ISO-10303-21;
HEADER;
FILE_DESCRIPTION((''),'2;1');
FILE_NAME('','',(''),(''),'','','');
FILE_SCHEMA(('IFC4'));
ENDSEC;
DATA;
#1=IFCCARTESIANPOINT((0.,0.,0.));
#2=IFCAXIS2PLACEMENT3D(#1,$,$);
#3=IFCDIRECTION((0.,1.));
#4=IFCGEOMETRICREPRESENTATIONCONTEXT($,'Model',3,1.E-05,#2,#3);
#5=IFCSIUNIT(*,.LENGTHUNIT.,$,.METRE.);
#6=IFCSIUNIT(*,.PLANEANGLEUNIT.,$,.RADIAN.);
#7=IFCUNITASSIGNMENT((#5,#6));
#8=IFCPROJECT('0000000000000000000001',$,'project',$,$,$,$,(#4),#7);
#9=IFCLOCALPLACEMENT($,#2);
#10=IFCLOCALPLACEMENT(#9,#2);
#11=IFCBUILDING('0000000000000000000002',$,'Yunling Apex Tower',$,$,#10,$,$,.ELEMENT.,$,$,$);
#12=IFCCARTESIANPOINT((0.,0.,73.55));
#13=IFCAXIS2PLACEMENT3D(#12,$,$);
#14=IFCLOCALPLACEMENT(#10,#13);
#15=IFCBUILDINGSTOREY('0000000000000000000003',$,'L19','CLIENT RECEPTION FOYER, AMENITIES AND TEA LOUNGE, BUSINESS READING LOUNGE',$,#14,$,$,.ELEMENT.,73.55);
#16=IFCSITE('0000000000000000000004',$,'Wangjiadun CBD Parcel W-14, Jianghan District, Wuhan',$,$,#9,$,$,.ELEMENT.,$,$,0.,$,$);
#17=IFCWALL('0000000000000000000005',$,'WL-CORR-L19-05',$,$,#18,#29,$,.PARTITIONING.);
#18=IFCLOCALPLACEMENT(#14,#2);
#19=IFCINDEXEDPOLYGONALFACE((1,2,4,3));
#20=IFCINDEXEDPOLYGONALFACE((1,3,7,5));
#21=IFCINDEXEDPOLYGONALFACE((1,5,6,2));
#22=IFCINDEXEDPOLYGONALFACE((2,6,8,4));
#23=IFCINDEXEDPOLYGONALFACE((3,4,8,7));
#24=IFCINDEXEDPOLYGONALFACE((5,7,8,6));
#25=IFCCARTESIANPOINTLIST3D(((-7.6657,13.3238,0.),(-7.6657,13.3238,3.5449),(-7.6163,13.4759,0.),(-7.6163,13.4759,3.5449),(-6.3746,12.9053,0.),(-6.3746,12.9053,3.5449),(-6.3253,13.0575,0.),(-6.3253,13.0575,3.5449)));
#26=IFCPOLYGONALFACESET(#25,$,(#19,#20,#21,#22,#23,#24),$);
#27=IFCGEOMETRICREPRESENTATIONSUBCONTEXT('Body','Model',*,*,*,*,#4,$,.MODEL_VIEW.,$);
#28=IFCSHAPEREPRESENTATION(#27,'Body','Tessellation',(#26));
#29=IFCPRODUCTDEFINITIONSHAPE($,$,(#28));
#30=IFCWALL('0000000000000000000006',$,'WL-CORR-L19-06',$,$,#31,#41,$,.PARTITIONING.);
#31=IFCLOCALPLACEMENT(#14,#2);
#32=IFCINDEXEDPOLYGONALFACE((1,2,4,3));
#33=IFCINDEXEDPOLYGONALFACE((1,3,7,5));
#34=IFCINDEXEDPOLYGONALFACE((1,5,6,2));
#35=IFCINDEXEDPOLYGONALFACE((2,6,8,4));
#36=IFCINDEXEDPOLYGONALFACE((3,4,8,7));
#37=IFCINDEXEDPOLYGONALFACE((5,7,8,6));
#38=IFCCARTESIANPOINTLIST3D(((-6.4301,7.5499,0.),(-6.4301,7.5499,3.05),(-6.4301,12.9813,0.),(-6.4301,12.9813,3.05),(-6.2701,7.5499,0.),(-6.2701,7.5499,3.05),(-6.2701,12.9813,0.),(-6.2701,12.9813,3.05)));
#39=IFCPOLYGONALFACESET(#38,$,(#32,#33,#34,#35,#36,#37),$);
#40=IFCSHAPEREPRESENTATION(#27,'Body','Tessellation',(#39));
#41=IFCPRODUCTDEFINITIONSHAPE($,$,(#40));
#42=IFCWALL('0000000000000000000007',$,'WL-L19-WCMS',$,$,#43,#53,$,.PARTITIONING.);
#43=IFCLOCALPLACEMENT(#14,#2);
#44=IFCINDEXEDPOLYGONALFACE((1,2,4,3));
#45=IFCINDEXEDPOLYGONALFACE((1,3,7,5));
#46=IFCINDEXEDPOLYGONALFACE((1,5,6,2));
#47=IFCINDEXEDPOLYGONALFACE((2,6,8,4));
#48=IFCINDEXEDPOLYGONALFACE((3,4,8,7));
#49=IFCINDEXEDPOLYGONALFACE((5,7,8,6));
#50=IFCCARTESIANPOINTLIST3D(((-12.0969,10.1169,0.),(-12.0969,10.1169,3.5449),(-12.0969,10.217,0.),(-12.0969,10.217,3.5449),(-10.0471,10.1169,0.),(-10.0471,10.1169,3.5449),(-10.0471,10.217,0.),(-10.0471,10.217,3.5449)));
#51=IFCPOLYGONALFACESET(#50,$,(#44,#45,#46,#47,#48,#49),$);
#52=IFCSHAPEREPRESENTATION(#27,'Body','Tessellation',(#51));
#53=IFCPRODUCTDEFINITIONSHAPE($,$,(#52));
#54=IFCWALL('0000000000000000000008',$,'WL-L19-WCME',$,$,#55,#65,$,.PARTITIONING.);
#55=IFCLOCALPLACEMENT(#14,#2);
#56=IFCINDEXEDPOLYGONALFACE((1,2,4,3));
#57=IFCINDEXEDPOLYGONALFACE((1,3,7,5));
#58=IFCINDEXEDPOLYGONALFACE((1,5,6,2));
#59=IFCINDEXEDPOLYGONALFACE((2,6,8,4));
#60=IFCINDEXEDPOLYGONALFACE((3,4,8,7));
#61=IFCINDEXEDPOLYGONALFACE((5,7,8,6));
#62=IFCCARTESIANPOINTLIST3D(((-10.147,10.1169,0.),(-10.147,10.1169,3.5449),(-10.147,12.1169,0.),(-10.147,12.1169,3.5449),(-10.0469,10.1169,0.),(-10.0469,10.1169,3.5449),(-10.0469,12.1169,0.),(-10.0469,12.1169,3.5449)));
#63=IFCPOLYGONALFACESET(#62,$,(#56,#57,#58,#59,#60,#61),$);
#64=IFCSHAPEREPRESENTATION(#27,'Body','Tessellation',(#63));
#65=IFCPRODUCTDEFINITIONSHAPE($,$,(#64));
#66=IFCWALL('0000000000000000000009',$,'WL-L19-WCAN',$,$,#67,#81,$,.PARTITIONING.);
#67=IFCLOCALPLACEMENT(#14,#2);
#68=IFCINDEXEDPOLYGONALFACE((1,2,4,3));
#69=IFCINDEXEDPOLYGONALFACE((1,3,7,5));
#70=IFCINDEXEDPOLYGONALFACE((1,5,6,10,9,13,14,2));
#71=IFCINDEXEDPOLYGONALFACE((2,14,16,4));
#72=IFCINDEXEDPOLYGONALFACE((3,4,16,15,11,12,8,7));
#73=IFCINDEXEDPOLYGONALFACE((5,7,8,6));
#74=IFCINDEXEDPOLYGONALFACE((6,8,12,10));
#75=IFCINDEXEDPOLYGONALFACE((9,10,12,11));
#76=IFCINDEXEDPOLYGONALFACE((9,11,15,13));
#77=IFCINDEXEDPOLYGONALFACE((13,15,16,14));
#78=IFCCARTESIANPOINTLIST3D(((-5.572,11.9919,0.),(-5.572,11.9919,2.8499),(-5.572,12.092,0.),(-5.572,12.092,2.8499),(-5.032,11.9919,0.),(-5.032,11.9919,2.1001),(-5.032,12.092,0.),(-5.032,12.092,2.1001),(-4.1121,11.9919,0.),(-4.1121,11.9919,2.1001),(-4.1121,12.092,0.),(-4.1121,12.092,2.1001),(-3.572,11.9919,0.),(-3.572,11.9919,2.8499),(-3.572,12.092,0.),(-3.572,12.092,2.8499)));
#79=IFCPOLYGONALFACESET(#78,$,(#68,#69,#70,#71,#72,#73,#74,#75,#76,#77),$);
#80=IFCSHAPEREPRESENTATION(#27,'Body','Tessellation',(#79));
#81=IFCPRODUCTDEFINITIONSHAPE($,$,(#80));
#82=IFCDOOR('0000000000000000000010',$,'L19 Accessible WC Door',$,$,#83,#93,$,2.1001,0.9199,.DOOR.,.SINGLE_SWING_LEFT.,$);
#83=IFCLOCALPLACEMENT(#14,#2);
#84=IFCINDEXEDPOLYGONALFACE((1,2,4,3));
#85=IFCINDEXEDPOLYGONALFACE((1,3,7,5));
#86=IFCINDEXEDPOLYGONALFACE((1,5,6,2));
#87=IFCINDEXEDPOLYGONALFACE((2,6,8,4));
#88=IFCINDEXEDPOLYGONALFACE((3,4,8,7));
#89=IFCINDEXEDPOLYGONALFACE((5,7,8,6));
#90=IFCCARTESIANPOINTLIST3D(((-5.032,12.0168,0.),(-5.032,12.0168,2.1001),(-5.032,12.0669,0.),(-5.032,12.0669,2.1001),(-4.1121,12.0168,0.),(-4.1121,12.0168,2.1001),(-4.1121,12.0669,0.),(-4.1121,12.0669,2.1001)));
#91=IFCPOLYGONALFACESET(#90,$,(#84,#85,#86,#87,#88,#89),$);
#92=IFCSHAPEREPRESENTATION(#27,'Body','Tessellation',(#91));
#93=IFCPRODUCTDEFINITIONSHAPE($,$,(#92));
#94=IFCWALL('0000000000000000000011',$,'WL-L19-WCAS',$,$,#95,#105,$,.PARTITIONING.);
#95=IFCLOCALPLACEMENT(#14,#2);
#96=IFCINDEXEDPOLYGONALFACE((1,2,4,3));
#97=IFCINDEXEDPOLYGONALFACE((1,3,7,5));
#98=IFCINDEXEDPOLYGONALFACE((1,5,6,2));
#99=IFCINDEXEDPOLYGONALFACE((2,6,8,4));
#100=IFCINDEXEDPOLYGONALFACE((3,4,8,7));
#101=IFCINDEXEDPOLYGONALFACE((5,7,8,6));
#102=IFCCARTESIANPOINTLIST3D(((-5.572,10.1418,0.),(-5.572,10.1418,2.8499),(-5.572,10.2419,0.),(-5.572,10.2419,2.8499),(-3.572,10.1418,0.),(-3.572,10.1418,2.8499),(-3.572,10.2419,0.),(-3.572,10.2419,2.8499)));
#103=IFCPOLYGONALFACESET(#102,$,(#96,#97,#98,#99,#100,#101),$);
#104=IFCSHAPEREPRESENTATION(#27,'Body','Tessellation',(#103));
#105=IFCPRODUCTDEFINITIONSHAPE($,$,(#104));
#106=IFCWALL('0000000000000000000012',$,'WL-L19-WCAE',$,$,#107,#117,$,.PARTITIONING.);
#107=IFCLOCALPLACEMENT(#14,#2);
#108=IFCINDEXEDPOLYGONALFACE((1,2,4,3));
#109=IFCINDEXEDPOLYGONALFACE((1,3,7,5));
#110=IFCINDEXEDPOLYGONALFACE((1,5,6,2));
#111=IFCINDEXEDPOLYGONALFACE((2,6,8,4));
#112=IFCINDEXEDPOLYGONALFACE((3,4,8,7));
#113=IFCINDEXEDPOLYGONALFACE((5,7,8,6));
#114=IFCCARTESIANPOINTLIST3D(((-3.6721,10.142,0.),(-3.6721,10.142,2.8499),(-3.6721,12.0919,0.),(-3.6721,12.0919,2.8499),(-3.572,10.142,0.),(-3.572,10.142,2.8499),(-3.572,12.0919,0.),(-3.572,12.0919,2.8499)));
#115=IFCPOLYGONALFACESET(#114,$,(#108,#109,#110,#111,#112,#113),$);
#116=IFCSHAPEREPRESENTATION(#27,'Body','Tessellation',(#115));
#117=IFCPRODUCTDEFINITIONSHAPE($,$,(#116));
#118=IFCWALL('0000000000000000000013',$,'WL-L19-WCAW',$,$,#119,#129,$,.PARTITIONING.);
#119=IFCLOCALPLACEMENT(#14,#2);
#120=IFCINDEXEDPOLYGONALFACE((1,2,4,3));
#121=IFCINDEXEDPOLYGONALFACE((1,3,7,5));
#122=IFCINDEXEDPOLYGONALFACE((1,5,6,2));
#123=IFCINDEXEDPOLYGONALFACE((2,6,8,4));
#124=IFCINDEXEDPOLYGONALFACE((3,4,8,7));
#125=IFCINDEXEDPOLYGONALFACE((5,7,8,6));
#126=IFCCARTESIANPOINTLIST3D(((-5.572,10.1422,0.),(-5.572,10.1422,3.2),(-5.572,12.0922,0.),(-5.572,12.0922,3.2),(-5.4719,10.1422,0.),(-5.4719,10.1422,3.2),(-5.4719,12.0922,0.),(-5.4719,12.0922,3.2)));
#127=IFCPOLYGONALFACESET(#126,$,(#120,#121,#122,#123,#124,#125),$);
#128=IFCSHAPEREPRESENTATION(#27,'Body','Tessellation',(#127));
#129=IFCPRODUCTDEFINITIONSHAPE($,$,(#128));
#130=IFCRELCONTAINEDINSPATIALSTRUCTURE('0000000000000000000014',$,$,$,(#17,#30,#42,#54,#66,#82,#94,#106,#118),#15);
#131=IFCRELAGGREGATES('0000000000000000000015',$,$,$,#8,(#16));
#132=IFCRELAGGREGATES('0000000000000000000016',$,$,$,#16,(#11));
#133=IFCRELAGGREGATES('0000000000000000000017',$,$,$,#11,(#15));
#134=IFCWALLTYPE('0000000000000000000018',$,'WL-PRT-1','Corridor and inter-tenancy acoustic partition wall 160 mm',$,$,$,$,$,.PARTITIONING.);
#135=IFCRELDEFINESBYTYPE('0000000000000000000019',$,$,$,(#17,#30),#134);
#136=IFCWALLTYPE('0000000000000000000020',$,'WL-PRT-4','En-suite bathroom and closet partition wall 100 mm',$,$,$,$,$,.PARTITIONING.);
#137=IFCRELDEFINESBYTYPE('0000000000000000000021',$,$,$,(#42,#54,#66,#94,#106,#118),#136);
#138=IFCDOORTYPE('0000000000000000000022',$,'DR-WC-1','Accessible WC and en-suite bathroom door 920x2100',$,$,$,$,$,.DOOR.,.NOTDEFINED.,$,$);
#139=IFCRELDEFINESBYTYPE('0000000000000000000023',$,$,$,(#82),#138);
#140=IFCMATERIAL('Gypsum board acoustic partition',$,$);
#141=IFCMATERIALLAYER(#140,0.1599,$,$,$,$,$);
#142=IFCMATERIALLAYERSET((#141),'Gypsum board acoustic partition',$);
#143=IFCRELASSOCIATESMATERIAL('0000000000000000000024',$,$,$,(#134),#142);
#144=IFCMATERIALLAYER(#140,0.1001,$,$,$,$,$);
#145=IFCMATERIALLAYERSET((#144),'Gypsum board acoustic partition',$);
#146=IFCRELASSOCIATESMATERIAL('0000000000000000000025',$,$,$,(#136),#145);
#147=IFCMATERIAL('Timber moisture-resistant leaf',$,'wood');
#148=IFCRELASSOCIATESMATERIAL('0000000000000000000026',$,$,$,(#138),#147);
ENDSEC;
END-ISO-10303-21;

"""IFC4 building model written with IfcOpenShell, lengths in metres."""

from ifc_helpers import new_model, si_unit, direction, frame, frame_2d, origin, place, context, subcontext, project, spatial, rectangle, extrude, material, layer, layer_set, type_object, element, fill, save


model = new_model("IFC4")

# Units and contexts
model_context = context("Model", 3, precision=1e-05, world=origin(), true_north=direction((0.0, 1.0)))
body_context = subcontext(model_context, "Body", "Model", "MODEL_VIEW")
ifc_project = project(units=[si_unit("LENGTHUNIT", "METRE"), si_unit("PLANEANGLEUNIT", "RADIAN")], contexts=[model_context])

# Site, building, storey
site_placement = place(None, origin())
site = spatial("IfcSite", under=ifc_project, at=site_placement, Name="Wangjiadun CBD Parcel W-14, Jianghan District, Wuhan", CompositionType="ELEMENT", RefElevation=0.0)
building_placement = place(site_placement, origin())
building = spatial("IfcBuilding", under=site, at=building_placement, Name="Yunling Apex Tower", CompositionType="ELEMENT")
storey_placement = place(building_placement, frame((0.0, 0.0, 73.55)))
storey = spatial("IfcBuildingStorey", under=building, at=storey_placement, Name="L19", Description="CLIENT RECEPTION FOYER, AMENITIES AND TEA LOUNGE, BUSINESS READING LOUNGE", CompositionType="ELEMENT", Elevation=73.55)

# Walls
ifc_material_1 = material(Name="Gypsum board acoustic partition")
ifc_layer_1 = layer(ifc_material_1, 0.1599)
ifc_layer_set_1 = layer_set([ifc_layer_1], Name="Gypsum board acoustic partition")
wall_type_1 = type_object("IfcWallType", Name="WL-PRT-1", Description="Corridor and inter-tenancy acoustic partition wall 160 mm", PredefinedType="PARTITIONING", material=ifc_layer_set_1)
wall_1_placement = place(storey_placement, frame((-7.6411, 13.3999, 0.0), z_axis=(0.0, 0.0, 1.0), x_axis=(0.951277, -0.308338, 0.0)))
element("IfcWall", 1, at=wall_1_placement, inside=storey, type_object=wall_type_1, Name="WL-CORR-L19-05", PredefinedType="PARTITIONING", context=body_context, shape_type="SweptSolid", body=[
    extrude(rectangle(XDim=1.3572, YDim=0.1599, at=frame_2d((0.6787, 0.0))), origin(), (0.0, 0.0, 1.0), 3.5449),
])
wall_2_placement = place(storey_placement, frame((-6.3501, 12.9814, 0.0), z_axis=(0.0, 0.0, 1.0), x_axis=(0.0, -1.0, 0.0)))
element("IfcWall", 2, at=wall_2_placement, inside=storey, type_object=wall_type_1, Name="WL-CORR-L19-06", PredefinedType="PARTITIONING", context=body_context, shape_type="SweptSolid", body=[
    extrude(rectangle(XDim=5.4314, YDim=0.1599, at=frame_2d((2.7158, 0.0))), origin(), (0.0, 0.0, 1.0), 3.05),
])
ifc_layer_2 = layer(ifc_material_1, 0.1001)
ifc_layer_set_2 = layer_set([ifc_layer_2], Name="Gypsum board acoustic partition")
wall_type_2 = type_object("IfcWallType", Name="WL-PRT-4", Description="En-suite bathroom and closet partition wall 100 mm", PredefinedType="PARTITIONING", material=ifc_layer_set_2)
wall_3_placement = place(storey_placement, frame((-10.0471, 10.167, 0.0), z_axis=(0.0, 0.0, 1.0), x_axis=(-1.0, 0.0, 0.0)))
element("IfcWall", 3, at=wall_3_placement, inside=storey, type_object=wall_type_2, Name="WL-L19-WCMS", PredefinedType="PARTITIONING", context=body_context, shape_type="SweptSolid", body=[
    extrude(rectangle(XDim=2.0498, YDim=0.1001, at=frame_2d((1.0249, 0.0))), origin(), (0.0, 0.0, 1.0), 3.5449),
])
wall_4_placement = place(storey_placement, frame((-10.0969, 12.1169, 0.0), z_axis=(0.0, 0.0, 1.0), x_axis=(0.0, -1.0, 0.0)))
element("IfcWall", 4, at=wall_4_placement, inside=storey, type_object=wall_type_2, Name="WL-L19-WCME", PredefinedType="PARTITIONING", context=body_context, shape_type="SweptSolid", body=[
    extrude(rectangle(XDim=2.0, YDim=0.1001, at=frame_2d((1.0, 0.0))), origin(), (0.0, 0.0, 1.0), 3.5449),
])

# Wall, opening, door
wall_5_placement = place(storey_placement, frame((-5.572, 12.042, 0.0), z_axis=(0.0, 0.0, 1.0), x_axis=(1.0, 0.0, 0.0)))
wall_5 = element("IfcWall", 5, at=wall_5_placement, inside=storey, type_object=wall_type_2, Name="WL-L19-WCAN", PredefinedType="PARTITIONING", context=body_context, shape_type="SweptSolid", body=[
    extrude(rectangle(XDim=2.0, YDim=0.1001, at=frame_2d((1.0, 0.0))), origin(), (0.0, 0.0, 1.0), 2.8499),
])
opening_placement = place(wall_5_placement, frame((0.54, 0.0, 0.0)))
opening = element("IfcOpeningElement", 6, at=opening_placement, cuts=wall_5, PredefinedType="OPENING", context=body_context, shape_type="SweptSolid", body=[
    extrude(rectangle(XDim=0.9199, YDim=2.1001, at=frame_2d((0.46, 1.05))), frame((0.0, 0.0601, 0.0), z_axis=(0.0, -1.0, 0.0), x_axis=(1.0, 0.0, 0.0)), (0.0, 0.0, 1.0), 0.1201),
])
ifc_material_2 = material(Name="Timber moisture-resistant leaf", Category="wood")
door_type = type_object("IfcDoorType", Name="DR-WC-1", Description="Accessible WC and en-suite bathroom door 920x2100", OperationType="NOTDEFINED", PredefinedType="DOOR", material=ifc_material_2)
door_placement = place(opening_placement, origin())
door = element("IfcDoor", 7, at=door_placement, inside=storey, type_object=door_type, Name="L19 Accessible WC Door", OperationType="SINGLE_SWING_LEFT", OverallHeight=2.1001, OverallWidth=0.9199, PredefinedType="DOOR", context=body_context, shape_type="SweptSolid", body=[
    extrude(rectangle(XDim=0.9199, YDim=2.1001, at=frame_2d((0.46, 1.05))), frame((0.0, 0.0249, 0.0), z_axis=(0.0, -1.0, 0.0), x_axis=(1.0, 0.0, 0.0)), (0.0, 0.0, 1.0), 0.05),
])
fill(opening, door)

# Walls
wall_6_placement = place(storey_placement, frame((-3.572, 10.1919, 0.0), z_axis=(0.0, 0.0, 1.0), x_axis=(-1.0, 0.0, 0.0)))
element("IfcWall", 8, at=wall_6_placement, inside=storey, type_object=wall_type_2, Name="WL-L19-WCAS", PredefinedType="PARTITIONING", context=body_context, shape_type="SweptSolid", body=[
    extrude(rectangle(XDim=2.0, YDim=0.1001, at=frame_2d((1.0, 0.0))), origin(), (0.0, 0.0, 1.0), 2.8499),
])
wall_7_placement = place(storey_placement, frame((-3.6221, 12.092, 0.0), z_axis=(0.0, 0.0, 1.0), x_axis=(0.0, -1.0, 0.0)))
element("IfcWall", 9, at=wall_7_placement, inside=storey, type_object=wall_type_2, Name="WL-L19-WCAE", PredefinedType="PARTITIONING", context=body_context, shape_type="SweptSolid", body=[
    extrude(rectangle(XDim=1.95, YDim=0.1001, at=frame_2d((0.9751, 0.0))), origin(), (0.0, 0.0, 1.0), 2.8499),
])
wall_8_placement = place(storey_placement, frame((-5.522, 10.1421, 0.0), z_axis=(0.0, 0.0, 1.0), x_axis=(0.0, 1.0, 0.0)))
element("IfcWall", 10, at=wall_8_placement, inside=storey, type_object=wall_type_2, Name="WL-L19-WCAW", PredefinedType="PARTITIONING", context=body_context, shape_type="SweptSolid", body=[
    extrude(rectangle(XDim=1.95, YDim=0.1001, at=frame_2d((0.9751, 0.0))), origin(), (0.0, 0.0, 1.0), 3.2),
])

save(model, "model.ifc")
